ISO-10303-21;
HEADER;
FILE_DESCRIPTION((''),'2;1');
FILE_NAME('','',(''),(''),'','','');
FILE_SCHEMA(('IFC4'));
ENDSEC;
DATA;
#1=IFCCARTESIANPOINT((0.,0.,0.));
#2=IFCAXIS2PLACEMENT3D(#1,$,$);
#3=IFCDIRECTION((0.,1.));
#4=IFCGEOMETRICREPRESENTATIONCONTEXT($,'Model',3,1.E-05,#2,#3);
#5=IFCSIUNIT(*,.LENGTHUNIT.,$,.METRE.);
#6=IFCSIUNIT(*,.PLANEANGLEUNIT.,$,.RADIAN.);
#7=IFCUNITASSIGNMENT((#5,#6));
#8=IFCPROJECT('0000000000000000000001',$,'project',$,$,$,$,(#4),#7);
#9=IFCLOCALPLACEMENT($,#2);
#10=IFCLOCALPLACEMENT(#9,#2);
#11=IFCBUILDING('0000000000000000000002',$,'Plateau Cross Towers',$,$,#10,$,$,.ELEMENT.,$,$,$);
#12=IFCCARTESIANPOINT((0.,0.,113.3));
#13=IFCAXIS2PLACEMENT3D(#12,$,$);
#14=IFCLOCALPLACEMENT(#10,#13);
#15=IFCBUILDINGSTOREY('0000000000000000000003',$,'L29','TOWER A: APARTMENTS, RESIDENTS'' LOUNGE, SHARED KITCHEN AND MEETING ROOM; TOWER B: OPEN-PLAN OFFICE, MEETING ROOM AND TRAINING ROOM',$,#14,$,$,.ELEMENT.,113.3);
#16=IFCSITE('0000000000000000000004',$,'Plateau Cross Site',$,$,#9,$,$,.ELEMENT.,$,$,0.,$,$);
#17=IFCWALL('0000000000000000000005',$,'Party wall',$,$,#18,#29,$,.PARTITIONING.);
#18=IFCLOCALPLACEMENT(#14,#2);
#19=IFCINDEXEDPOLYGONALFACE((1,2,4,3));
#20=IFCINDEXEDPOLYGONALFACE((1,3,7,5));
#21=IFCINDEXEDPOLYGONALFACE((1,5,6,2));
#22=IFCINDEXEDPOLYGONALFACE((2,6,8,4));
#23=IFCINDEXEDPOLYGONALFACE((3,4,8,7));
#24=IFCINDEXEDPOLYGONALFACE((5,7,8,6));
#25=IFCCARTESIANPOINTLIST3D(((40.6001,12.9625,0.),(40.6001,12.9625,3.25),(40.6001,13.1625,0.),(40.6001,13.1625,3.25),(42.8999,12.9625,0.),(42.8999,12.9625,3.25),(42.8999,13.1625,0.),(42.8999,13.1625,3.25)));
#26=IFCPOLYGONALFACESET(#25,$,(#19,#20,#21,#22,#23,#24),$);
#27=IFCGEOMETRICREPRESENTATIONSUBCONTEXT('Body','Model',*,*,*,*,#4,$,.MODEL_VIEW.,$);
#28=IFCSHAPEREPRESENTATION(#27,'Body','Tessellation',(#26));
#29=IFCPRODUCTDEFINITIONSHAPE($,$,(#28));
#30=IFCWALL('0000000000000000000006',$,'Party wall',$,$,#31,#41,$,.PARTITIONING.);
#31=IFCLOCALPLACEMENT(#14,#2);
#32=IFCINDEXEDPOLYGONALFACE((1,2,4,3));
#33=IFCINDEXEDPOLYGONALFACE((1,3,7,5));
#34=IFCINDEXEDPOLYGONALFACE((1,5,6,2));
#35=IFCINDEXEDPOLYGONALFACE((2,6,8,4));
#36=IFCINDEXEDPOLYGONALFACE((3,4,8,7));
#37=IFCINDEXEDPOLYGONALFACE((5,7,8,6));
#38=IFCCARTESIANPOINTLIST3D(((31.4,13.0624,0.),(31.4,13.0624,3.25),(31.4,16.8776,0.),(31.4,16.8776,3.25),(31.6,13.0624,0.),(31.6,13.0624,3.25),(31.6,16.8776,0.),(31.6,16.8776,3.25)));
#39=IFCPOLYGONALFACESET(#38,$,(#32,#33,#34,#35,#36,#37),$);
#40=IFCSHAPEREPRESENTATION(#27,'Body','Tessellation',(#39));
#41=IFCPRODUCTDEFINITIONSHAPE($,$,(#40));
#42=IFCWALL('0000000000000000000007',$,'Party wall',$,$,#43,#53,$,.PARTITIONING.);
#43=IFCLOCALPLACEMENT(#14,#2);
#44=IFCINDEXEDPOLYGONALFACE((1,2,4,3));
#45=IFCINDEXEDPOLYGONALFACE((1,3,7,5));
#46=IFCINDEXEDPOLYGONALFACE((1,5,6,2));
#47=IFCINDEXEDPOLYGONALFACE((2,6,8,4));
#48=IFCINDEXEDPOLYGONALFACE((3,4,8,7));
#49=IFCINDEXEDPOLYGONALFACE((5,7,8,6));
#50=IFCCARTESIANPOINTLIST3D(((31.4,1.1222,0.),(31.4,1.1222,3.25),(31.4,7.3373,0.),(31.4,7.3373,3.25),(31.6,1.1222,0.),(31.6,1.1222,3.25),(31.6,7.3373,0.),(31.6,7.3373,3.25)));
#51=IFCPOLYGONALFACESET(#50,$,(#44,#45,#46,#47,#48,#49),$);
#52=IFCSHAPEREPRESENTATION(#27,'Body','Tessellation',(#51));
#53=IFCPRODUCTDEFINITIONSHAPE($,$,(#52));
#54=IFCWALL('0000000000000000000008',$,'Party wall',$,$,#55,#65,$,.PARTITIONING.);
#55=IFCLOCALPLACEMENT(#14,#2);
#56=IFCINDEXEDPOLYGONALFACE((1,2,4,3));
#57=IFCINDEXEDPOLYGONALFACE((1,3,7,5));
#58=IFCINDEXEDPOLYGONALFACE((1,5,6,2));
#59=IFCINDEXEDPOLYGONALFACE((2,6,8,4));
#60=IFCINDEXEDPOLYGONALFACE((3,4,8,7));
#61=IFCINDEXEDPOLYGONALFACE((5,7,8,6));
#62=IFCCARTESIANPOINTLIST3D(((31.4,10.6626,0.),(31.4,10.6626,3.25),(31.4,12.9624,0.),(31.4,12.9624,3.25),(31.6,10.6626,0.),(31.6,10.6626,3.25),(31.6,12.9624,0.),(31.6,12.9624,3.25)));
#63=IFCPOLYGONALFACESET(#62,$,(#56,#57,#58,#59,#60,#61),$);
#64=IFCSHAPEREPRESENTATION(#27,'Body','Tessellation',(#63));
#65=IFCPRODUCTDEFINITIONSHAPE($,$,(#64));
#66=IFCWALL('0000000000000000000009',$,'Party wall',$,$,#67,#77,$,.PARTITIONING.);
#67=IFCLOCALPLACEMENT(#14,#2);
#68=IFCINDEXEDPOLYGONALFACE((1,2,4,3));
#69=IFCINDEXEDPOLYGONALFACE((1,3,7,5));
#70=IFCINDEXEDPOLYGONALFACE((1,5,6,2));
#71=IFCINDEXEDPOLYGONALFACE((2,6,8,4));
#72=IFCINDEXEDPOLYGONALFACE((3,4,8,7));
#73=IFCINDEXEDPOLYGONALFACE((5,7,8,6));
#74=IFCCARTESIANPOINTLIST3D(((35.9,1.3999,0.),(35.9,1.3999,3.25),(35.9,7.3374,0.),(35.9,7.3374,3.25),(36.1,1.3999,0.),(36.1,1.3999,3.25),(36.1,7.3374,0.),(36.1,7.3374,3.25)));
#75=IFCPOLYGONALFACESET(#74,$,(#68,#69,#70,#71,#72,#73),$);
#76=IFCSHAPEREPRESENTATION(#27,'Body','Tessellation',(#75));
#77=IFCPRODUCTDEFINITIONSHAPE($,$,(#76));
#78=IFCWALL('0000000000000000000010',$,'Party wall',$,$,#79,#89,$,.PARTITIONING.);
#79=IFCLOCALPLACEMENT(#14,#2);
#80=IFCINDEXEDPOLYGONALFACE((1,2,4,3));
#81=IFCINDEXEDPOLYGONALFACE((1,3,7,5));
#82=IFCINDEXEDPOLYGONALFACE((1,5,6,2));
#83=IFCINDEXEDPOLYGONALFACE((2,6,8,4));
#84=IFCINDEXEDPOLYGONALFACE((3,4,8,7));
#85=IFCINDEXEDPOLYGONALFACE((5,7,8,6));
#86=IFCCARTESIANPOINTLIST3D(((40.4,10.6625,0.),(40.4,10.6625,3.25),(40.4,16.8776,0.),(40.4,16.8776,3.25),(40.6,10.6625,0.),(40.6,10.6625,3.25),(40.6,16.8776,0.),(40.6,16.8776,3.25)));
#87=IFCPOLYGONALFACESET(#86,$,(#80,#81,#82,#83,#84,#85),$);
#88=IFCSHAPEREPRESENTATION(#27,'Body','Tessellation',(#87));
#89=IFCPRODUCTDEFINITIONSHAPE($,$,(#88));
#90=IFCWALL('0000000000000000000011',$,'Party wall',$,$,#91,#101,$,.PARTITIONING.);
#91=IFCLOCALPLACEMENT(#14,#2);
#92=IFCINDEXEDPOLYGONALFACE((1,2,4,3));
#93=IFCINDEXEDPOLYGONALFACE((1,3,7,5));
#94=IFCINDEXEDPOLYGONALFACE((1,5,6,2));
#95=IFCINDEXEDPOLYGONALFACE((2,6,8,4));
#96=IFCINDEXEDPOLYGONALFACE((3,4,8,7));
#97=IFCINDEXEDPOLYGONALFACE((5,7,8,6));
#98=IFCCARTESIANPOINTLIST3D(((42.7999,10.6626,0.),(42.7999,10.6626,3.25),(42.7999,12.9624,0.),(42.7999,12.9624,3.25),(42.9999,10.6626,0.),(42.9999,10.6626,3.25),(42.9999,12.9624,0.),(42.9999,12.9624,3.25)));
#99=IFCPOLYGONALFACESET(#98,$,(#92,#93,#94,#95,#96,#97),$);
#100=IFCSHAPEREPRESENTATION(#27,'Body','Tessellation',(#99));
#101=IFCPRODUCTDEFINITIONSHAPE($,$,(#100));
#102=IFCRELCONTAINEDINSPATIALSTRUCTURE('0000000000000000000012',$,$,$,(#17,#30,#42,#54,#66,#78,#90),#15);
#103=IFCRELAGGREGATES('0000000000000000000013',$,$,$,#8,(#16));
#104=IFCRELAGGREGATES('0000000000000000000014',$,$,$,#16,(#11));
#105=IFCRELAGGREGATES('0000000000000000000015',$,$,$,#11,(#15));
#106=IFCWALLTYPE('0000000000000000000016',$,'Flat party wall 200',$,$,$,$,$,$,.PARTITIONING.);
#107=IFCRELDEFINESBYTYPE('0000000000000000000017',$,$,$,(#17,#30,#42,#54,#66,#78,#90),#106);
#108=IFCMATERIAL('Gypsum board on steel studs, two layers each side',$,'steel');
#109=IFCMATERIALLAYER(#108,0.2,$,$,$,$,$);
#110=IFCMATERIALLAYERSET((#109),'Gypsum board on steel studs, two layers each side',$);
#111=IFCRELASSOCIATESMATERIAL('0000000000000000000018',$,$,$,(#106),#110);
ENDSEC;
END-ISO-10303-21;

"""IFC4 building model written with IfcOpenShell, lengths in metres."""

from ifc_helpers import new_model, si_unit, direction, frame, frame_2d, origin, place, context, subcontext, project, spatial, rectangle, extrude, material, layer, layer_set, type_object, element, save


model = new_model("IFC4")

# Units and contexts
model_context = context("Model", 3, precision=1e-05, world=origin(), true_north=direction((0.0, 1.0)))
body_context = subcontext(model_context, "Body", "Model", "MODEL_VIEW")
ifc_project = project(units=[si_unit("LENGTHUNIT", "METRE"), si_unit("PLANEANGLEUNIT", "RADIAN")], contexts=[model_context])

# Site, building, storey
site_placement = place(None, origin())
site = spatial("IfcSite", under=ifc_project, at=site_placement, Name="Plateau Cross Site", CompositionType="ELEMENT", RefElevation=0.0)
building_placement = place(site_placement, origin())
building = spatial("IfcBuilding", under=site, at=building_placement, Name="Plateau Cross Towers", CompositionType="ELEMENT")
storey_placement = place(building_placement, frame((0.0, 0.0, 113.3)))
storey = spatial("IfcBuildingStorey", under=building, at=storey_placement, Name="L29", Description="TOWER A: APARTMENTS, RESIDENTS' LOUNGE, SHARED KITCHEN AND MEETING ROOM; TOWER B: OPEN-PLAN OFFICE, MEETING ROOM AND TRAINING ROOM", CompositionType="ELEMENT", Elevation=113.3)

# Walls
ifc_material_1 = material(Name="Gypsum board on steel studs, two layers each side", Category="steel")
ifc_layer_1 = layer(ifc_material_1, 0.2)
ifc_layer_set_1 = layer_set([ifc_layer_1], Name="Gypsum board on steel studs, two layers each side")
wall_type_1 = type_object("IfcWallType", Name="Flat party wall 200", PredefinedType="PARTITIONING", material=ifc_layer_set_1)
wall_1_placement = place(storey_placement, frame((42.8999, 13.0625, 0.0), z_axis=(0.0, 0.0, 1.0), x_axis=(-1.0, 0.0, 0.0)))
element("IfcWall", 1, at=wall_1_placement, inside=storey, type_object=wall_type_1, Name="Party wall", PredefinedType="PARTITIONING", context=body_context, shape_type="SweptSolid", body=[
    extrude(rectangle(XDim=2.2998, YDim=0.2, at=frame_2d((1.1499, 0.0))), origin(), (0.0, 0.0, 1.0), 3.25),
])
wall_2_placement = place(storey_placement, frame((31.5, 16.8777, 0.0), z_axis=(0.0, 0.0, 1.0), x_axis=(0.0, -1.0, 0.0)))
element("IfcWall", 2, at=wall_2_placement, inside=storey, type_object=wall_type_1, Name="Party wall", PredefinedType="PARTITIONING", context=body_context, shape_type="SweptSolid", body=[
    extrude(rectangle(XDim=3.8152, YDim=0.2, at=frame_2d((1.9077, 0.0))), origin(), (0.0, 0.0, 1.0), 3.25),
])
wall_3_placement = place(storey_placement, frame((31.5, 1.1223, 0.0), z_axis=(0.0, 0.0, 1.0), x_axis=(0.0, 1.0, 0.0)))
element("IfcWall", 3, at=wall_3_placement, inside=storey, type_object=wall_type_1, Name="Party wall", PredefinedType="PARTITIONING", context=body_context, shape_type="SweptSolid", body=[
    extrude(rectangle(XDim=6.2151, YDim=0.2, at=frame_2d((3.1074, 0.0))), origin(), (0.0, 0.0, 1.0), 3.25),
])
wall_4_placement = place(storey_placement, frame((31.5, 10.6626, 0.0), z_axis=(0.0, 0.0, 1.0), x_axis=(0.0, 1.0, 0.0)))
element("IfcWall", 4, at=wall_4_placement, inside=storey, type_object=wall_type_1, Name="Party wall", PredefinedType="PARTITIONING", context=body_context, shape_type="SweptSolid", body=[
    extrude(rectangle(XDim=2.2998, YDim=0.2, at=frame_2d((1.1499, 0.0))), origin(), (0.0, 0.0, 1.0), 3.25),
])
wall_5_placement = place(storey_placement, frame((36.0, 1.3999, 0.0), z_axis=(0.0, 0.0, 1.0), x_axis=(0.0, 1.0, 0.0)))
element("IfcWall", 5, at=wall_5_placement, inside=storey, type_object=wall_type_1, Name="Party wall", PredefinedType="PARTITIONING", context=body_context, shape_type="SweptSolid", body=[
    extrude(rectangle(XDim=5.9375, YDim=0.2, at=frame_2d((2.9688, 0.0))), origin(), (0.0, 0.0, 1.0), 3.25),
])
wall_6_placement = place(storey_placement, frame((40.5, 10.6626, 0.0), z_axis=(0.0, 0.0, 1.0), x_axis=(0.0, 1.0, 0.0)))
element("IfcWall", 6, at=wall_6_placement, inside=storey, type_object=wall_type_1, Name="Party wall", PredefinedType="PARTITIONING", context=body_context, shape_type="SweptSolid", body=[
    extrude(rectangle(XDim=6.2151, YDim=0.2, at=frame_2d((3.1074, 0.0))), origin(), (0.0, 0.0, 1.0), 3.25),
])
wall_7_placement = place(storey_placement, frame((42.8999, 10.6626, 0.0), z_axis=(0.0, 0.0, 1.0), x_axis=(0.0, 1.0, 0.0)))
element("IfcWall", 7, at=wall_7_placement, inside=storey, type_object=wall_type_1, Name="Party wall", PredefinedType="PARTITIONING", context=body_context, shape_type="SweptSolid", body=[
    extrude(rectangle(XDim=2.2998, YDim=0.2, at=frame_2d((1.1499, 0.0))), origin(), (0.0, 0.0, 1.0), 3.25),
])

save(model, "model.ifc")
